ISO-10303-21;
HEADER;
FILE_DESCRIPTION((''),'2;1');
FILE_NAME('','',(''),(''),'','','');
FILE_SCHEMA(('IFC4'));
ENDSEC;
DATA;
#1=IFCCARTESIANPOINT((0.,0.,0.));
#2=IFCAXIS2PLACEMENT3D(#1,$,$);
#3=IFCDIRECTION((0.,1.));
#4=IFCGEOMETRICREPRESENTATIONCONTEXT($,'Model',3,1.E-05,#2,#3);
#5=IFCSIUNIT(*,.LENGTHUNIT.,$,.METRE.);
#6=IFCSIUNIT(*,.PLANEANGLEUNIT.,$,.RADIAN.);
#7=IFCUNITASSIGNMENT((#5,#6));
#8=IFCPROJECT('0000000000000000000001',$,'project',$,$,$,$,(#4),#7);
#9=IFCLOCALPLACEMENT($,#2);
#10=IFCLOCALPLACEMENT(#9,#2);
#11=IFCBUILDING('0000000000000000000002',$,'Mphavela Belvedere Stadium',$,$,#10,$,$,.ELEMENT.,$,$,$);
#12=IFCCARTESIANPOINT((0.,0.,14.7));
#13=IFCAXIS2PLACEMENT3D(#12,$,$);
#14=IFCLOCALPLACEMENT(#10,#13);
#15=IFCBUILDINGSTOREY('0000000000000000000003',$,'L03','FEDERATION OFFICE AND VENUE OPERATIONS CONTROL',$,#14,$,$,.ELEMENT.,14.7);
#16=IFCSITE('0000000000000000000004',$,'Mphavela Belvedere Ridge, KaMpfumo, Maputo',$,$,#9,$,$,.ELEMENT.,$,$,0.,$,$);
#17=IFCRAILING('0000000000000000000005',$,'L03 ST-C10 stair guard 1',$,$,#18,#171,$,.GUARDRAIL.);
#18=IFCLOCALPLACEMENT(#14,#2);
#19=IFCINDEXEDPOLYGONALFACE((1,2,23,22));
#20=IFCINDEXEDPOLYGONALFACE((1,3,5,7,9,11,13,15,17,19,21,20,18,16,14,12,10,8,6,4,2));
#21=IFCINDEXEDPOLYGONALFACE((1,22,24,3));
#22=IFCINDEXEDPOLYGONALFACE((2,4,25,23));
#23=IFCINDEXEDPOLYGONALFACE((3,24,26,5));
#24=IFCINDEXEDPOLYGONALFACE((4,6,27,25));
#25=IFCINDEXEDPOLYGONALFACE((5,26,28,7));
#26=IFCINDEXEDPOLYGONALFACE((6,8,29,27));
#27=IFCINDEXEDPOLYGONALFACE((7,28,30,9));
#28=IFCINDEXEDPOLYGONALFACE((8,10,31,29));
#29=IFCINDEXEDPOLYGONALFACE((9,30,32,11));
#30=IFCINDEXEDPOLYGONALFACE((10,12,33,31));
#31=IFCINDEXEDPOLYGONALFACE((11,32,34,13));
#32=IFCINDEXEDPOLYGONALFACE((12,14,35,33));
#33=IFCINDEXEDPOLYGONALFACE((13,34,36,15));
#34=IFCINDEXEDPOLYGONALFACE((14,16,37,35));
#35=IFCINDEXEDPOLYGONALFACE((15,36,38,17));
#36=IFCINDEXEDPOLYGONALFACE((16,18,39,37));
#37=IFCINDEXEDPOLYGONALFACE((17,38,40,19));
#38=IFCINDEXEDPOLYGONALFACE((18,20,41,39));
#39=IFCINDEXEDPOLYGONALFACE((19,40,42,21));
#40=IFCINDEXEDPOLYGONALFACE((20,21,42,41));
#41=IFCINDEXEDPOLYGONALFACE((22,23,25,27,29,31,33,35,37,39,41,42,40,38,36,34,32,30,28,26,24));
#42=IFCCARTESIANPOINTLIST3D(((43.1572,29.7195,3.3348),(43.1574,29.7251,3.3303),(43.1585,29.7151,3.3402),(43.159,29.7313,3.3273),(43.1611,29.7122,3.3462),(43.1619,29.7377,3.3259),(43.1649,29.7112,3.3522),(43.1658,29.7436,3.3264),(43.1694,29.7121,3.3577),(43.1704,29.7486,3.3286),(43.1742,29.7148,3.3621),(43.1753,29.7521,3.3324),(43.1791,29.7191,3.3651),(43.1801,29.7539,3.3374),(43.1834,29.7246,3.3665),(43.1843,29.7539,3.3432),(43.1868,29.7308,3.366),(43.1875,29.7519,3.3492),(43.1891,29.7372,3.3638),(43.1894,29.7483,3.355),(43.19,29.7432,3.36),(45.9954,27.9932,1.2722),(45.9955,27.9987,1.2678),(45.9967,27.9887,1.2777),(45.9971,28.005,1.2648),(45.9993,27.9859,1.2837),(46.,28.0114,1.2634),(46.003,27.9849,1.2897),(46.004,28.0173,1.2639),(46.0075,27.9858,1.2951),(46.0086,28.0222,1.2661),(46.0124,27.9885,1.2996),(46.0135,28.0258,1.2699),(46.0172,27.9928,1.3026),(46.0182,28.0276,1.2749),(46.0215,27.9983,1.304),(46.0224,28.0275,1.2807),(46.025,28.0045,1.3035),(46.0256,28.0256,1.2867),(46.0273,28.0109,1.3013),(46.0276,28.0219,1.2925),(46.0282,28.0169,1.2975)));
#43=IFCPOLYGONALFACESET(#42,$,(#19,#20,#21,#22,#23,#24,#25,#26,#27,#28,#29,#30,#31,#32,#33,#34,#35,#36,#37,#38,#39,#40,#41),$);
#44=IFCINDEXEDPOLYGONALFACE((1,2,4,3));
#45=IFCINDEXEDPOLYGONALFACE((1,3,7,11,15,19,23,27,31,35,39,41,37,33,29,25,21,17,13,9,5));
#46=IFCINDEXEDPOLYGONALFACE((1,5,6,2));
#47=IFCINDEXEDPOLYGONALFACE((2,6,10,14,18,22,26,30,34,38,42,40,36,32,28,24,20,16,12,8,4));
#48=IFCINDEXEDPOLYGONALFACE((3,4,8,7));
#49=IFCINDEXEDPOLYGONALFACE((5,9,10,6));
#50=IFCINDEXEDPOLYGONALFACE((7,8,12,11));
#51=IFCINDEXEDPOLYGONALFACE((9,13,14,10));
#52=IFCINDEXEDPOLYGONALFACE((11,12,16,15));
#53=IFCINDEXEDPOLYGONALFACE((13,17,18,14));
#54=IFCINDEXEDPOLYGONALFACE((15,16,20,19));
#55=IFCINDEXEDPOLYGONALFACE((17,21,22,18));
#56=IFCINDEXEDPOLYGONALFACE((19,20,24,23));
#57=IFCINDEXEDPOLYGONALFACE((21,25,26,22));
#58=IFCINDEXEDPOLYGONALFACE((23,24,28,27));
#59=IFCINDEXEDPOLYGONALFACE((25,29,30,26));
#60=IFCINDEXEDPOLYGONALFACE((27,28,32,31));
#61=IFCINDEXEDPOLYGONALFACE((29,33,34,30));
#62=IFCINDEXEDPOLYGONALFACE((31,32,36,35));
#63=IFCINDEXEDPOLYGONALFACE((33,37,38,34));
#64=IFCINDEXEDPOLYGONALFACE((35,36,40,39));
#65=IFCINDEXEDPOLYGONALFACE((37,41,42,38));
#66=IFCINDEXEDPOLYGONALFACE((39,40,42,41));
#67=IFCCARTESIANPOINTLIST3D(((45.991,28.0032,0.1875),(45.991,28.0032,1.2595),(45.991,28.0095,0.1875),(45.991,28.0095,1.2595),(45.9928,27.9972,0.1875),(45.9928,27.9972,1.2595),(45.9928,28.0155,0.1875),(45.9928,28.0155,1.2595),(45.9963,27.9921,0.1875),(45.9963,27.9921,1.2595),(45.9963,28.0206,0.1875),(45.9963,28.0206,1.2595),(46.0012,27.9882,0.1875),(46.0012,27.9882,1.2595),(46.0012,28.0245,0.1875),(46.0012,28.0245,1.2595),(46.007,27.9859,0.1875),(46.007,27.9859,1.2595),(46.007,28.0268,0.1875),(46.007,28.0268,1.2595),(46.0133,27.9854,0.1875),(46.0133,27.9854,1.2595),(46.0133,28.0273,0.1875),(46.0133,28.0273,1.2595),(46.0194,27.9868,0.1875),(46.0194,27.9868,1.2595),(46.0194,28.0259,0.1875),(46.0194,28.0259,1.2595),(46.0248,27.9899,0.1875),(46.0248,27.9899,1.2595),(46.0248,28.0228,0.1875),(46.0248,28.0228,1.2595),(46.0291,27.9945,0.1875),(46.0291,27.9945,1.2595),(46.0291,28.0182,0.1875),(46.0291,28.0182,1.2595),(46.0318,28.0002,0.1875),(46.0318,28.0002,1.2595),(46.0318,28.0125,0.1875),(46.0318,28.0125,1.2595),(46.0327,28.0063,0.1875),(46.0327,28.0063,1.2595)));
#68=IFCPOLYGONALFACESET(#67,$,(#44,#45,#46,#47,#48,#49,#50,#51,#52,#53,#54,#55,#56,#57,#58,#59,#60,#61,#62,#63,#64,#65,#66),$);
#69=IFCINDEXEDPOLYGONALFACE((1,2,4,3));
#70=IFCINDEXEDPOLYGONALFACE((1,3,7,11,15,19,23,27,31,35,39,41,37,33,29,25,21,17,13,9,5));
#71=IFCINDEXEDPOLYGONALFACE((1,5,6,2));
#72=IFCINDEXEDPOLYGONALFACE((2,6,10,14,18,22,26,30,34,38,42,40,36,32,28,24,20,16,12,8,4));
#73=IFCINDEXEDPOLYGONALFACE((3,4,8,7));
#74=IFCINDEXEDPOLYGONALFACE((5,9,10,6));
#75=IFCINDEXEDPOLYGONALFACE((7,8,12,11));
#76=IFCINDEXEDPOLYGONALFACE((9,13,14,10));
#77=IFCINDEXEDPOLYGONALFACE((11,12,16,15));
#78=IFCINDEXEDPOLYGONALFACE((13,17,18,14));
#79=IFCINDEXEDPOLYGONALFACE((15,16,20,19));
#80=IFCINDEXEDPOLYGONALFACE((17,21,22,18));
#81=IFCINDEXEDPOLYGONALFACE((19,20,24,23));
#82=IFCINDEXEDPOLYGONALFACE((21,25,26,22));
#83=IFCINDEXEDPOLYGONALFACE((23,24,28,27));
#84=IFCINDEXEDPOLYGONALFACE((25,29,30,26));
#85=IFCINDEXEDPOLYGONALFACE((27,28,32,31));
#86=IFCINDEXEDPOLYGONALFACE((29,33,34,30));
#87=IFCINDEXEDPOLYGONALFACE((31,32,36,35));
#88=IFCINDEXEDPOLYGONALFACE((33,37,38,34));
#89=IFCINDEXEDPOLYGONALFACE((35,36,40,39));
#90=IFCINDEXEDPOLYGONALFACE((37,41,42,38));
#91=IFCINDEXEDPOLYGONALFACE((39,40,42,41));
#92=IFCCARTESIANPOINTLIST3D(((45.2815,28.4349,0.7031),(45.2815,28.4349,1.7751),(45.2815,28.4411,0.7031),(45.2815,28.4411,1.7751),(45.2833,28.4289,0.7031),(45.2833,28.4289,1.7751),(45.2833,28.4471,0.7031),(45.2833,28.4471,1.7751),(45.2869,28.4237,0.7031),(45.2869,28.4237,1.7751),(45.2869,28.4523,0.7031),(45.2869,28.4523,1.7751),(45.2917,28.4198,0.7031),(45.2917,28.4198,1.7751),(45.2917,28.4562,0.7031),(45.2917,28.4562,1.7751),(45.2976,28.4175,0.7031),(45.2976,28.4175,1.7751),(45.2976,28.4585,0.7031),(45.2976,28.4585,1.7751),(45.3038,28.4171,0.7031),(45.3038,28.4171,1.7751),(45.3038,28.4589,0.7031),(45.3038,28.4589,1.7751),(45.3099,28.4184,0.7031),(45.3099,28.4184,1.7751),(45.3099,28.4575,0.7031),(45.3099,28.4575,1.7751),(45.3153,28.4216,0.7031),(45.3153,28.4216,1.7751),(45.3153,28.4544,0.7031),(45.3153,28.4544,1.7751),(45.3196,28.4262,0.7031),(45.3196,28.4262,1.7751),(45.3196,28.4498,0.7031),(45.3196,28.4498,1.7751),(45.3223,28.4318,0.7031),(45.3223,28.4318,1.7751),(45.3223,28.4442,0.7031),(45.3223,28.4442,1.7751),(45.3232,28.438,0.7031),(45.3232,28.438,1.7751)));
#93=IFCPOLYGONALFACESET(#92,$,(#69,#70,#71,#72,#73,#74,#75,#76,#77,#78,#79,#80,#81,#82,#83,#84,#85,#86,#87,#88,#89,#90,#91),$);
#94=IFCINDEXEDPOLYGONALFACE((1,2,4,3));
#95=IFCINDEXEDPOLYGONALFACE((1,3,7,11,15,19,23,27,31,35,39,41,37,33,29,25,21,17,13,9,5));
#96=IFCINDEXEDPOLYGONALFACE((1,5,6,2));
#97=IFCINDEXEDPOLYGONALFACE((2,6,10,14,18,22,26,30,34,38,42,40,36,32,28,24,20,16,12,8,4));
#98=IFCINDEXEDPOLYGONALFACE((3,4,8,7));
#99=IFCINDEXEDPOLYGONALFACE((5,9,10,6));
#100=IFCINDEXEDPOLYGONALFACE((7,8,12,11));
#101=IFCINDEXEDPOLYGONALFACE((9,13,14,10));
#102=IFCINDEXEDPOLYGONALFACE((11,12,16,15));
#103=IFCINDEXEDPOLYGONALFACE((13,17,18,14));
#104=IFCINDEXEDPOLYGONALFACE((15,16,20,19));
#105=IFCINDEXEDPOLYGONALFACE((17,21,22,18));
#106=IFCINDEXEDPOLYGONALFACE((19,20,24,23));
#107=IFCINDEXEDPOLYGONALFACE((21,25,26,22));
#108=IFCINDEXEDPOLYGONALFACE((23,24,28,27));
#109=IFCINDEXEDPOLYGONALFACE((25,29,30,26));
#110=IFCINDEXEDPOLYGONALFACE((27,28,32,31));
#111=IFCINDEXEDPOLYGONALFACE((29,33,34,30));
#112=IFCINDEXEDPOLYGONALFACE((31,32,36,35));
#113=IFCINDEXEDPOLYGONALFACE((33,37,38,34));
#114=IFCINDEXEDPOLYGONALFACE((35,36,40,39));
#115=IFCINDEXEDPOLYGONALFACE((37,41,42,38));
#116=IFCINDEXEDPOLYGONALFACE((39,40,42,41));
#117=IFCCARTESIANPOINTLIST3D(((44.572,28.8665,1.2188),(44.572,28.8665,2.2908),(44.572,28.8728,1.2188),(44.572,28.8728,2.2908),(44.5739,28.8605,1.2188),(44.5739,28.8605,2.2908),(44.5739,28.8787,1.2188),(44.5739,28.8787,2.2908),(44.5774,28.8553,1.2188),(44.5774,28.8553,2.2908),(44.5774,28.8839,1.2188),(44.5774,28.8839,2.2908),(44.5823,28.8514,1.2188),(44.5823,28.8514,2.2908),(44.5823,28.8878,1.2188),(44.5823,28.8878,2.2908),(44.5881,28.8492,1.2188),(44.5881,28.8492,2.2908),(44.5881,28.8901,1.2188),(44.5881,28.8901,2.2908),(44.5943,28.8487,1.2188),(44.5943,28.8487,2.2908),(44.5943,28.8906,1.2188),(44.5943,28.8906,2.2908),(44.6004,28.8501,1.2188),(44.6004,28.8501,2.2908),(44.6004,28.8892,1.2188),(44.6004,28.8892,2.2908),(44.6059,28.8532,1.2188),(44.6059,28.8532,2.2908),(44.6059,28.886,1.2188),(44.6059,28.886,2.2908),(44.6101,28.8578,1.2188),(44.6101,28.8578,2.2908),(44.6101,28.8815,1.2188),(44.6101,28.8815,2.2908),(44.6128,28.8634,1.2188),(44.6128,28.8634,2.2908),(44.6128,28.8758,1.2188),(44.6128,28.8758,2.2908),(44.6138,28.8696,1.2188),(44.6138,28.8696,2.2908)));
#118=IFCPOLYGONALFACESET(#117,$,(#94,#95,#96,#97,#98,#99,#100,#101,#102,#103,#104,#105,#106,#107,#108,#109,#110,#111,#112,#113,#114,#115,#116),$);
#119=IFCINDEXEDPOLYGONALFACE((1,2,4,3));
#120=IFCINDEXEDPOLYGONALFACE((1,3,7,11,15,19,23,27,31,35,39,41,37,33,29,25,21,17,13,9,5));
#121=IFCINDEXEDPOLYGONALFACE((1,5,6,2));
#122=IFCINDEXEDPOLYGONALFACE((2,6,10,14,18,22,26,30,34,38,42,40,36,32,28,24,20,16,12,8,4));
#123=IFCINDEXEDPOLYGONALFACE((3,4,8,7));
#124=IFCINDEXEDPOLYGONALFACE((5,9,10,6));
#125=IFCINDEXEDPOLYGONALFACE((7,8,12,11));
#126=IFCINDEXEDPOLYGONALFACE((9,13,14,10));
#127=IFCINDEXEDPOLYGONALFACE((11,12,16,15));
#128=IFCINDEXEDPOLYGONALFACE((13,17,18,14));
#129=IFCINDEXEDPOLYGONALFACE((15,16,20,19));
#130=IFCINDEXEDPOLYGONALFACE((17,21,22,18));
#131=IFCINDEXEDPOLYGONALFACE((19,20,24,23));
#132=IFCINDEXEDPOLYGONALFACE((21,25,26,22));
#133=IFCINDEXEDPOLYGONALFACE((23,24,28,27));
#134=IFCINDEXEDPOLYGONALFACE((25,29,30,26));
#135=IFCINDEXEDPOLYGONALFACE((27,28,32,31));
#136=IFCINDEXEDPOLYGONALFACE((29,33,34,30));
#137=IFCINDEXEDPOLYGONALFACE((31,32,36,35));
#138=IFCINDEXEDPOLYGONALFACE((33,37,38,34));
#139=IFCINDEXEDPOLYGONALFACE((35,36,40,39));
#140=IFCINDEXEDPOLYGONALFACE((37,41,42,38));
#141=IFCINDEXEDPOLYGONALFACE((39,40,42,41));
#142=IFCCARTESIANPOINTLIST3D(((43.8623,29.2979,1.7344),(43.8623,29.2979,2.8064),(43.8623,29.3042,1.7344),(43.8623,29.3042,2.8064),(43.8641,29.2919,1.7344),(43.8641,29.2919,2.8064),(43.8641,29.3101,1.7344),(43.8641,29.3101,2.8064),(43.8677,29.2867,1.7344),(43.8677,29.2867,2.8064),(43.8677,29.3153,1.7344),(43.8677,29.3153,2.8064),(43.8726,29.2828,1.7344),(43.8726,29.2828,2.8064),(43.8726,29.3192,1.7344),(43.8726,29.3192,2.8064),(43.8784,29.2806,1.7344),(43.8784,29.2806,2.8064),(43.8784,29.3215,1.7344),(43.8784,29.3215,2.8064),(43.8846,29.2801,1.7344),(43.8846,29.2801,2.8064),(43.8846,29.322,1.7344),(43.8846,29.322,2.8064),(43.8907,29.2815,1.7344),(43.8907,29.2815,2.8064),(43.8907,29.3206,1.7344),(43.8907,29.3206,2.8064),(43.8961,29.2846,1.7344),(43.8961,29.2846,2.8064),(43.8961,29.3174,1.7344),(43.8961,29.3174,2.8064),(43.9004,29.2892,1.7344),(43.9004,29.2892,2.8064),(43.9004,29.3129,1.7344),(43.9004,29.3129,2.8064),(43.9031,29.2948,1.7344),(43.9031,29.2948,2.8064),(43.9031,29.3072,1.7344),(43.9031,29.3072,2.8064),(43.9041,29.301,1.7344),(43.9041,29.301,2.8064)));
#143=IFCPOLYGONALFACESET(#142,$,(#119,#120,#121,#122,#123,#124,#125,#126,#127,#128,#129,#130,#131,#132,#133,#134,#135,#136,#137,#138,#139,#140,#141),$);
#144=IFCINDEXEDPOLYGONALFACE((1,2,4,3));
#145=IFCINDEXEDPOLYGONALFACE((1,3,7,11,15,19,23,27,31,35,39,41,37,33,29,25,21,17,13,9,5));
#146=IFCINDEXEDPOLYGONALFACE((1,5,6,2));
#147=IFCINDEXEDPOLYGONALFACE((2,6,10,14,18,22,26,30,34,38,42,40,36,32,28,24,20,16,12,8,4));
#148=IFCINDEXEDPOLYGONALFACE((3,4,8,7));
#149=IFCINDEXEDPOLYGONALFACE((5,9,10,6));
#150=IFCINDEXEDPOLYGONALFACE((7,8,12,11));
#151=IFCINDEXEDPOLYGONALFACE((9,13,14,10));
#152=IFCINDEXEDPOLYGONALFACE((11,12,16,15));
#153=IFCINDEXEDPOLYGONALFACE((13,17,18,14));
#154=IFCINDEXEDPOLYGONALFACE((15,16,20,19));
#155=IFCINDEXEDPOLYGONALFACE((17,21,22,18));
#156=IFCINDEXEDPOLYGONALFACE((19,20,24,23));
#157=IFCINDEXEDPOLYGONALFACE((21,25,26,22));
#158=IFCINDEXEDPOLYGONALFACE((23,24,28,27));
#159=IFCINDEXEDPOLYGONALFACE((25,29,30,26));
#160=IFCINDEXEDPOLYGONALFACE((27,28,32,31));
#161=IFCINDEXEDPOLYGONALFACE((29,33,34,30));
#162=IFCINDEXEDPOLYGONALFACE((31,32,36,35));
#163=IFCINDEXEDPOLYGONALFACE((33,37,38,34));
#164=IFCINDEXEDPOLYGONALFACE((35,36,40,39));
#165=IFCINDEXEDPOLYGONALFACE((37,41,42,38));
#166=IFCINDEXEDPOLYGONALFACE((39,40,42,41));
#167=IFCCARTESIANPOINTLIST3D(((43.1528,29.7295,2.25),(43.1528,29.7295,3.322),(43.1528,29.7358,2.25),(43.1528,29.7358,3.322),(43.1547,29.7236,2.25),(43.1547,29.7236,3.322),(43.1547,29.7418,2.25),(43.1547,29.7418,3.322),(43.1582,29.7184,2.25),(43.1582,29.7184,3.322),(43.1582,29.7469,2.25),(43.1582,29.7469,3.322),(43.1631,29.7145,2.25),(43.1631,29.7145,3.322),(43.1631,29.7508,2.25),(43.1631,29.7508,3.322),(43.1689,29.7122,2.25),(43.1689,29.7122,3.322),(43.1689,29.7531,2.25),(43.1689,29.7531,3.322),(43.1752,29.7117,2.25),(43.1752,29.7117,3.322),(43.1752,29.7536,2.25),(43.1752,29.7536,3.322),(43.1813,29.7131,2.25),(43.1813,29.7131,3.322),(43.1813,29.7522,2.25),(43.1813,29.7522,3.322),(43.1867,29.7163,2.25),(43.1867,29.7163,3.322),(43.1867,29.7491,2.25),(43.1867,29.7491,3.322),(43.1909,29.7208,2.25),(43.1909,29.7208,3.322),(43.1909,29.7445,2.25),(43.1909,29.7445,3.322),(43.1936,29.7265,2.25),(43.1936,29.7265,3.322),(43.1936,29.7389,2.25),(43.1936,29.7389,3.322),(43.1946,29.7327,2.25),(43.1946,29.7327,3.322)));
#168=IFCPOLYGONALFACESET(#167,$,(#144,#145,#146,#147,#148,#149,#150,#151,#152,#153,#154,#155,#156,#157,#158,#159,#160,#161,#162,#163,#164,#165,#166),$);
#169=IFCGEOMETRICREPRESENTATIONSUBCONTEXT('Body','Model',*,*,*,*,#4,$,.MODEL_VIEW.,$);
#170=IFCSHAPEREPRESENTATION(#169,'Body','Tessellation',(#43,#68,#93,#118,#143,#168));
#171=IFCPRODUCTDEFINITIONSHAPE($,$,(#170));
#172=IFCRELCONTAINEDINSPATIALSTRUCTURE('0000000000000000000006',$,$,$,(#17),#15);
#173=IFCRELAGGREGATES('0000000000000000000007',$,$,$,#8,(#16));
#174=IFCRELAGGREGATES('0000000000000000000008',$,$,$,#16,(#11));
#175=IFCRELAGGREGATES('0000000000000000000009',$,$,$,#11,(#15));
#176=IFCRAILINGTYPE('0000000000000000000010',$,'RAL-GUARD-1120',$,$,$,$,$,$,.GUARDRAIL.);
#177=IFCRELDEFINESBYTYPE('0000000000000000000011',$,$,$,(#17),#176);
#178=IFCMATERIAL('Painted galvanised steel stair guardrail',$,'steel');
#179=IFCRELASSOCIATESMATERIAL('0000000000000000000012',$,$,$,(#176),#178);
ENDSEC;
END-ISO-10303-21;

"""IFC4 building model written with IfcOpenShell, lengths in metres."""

from ifc_helpers import new_model, si_unit, direction, frame, origin, origin_2d, place, context, subcontext, project, spatial, circle, extrude, material, type_object, element, save


model = new_model("IFC4")

# Units and contexts
model_context = context("Model", 3, precision=1e-05, world=origin(), true_north=direction((0.0, 1.0)))
body_context = subcontext(model_context, "Body", "Model", "MODEL_VIEW")
ifc_project = project(units=[si_unit("LENGTHUNIT", "METRE"), si_unit("PLANEANGLEUNIT", "RADIAN")], contexts=[model_context])

# Site, building, storey
site_placement = place(None, origin())
site = spatial("IfcSite", under=ifc_project, at=site_placement, Name="Mphavela Belvedere Ridge, KaMpfumo, Maputo", CompositionType="ELEMENT", RefElevation=0.0)
building_placement = place(site_placement, origin())
building = spatial("IfcBuilding", under=site, at=building_placement, Name="Mphavela Belvedere Stadium", CompositionType="ELEMENT")
storey_placement = place(building_placement, frame((0.0, 0.0, 14.7)))
storey = spatial("IfcBuildingStorey", under=building, at=storey_placement, Name="L03", Description="FEDERATION OFFICE AND VENUE OPERATIONS CONTROL", CompositionType="ELEMENT", Elevation=14.7)

# Railing
ifc_material_1 = material(Name="Painted galvanised steel stair guardrail", Category="steel")
railing_type_1 = type_object("IfcRailingType", Name="RAL-GUARD-1120", PredefinedType="GUARDRAIL", material=ifc_material_1)
railing_1_placement = place(storey_placement, frame((46.0117, 28.0063, 0.1875)))
element("IfcRailing", 1, at=railing_1_placement, inside=storey, type_object=railing_type_1, Name="L03 ST-C10 stair guard 1", PredefinedType="GUARDRAIL", context=body_context, shape_type="SweptSolid", body=[
    extrude(circle(Radius=0.0239, at=origin_2d()), frame((0.0, 0.0, 1.0962), z_axis=(-0.725842, 0.441499, 0.527477), x_axis=(-0.519674, -0.854365, 0.0)), (0.0, 0.0, 1.0), 3.9102),
    extrude(circle(Radius=0.021, at=origin_2d()), origin(), (0.0, 0.0, 1.0), 1.072),
    extrude(circle(Radius=0.021, at=origin_2d()), frame((-0.7095, 0.4316, 0.5156)), (0.0, 0.0, 1.0), 1.072),
    extrude(circle(Radius=0.021, at=origin_2d()), frame((-1.4189, 0.8633, 1.0312)), (0.0, 0.0, 1.0), 1.072),
    extrude(circle(Radius=0.021, at=origin_2d()), frame((-2.1287, 1.2947, 1.5469)), (0.0, 0.0, 1.0), 1.072),
    extrude(circle(Radius=0.021, at=origin_2d()), frame((-2.8381, 1.7263, 2.0625)), (0.0, 0.0, 1.0), 1.072),
])

save(model, "model.ifc")
